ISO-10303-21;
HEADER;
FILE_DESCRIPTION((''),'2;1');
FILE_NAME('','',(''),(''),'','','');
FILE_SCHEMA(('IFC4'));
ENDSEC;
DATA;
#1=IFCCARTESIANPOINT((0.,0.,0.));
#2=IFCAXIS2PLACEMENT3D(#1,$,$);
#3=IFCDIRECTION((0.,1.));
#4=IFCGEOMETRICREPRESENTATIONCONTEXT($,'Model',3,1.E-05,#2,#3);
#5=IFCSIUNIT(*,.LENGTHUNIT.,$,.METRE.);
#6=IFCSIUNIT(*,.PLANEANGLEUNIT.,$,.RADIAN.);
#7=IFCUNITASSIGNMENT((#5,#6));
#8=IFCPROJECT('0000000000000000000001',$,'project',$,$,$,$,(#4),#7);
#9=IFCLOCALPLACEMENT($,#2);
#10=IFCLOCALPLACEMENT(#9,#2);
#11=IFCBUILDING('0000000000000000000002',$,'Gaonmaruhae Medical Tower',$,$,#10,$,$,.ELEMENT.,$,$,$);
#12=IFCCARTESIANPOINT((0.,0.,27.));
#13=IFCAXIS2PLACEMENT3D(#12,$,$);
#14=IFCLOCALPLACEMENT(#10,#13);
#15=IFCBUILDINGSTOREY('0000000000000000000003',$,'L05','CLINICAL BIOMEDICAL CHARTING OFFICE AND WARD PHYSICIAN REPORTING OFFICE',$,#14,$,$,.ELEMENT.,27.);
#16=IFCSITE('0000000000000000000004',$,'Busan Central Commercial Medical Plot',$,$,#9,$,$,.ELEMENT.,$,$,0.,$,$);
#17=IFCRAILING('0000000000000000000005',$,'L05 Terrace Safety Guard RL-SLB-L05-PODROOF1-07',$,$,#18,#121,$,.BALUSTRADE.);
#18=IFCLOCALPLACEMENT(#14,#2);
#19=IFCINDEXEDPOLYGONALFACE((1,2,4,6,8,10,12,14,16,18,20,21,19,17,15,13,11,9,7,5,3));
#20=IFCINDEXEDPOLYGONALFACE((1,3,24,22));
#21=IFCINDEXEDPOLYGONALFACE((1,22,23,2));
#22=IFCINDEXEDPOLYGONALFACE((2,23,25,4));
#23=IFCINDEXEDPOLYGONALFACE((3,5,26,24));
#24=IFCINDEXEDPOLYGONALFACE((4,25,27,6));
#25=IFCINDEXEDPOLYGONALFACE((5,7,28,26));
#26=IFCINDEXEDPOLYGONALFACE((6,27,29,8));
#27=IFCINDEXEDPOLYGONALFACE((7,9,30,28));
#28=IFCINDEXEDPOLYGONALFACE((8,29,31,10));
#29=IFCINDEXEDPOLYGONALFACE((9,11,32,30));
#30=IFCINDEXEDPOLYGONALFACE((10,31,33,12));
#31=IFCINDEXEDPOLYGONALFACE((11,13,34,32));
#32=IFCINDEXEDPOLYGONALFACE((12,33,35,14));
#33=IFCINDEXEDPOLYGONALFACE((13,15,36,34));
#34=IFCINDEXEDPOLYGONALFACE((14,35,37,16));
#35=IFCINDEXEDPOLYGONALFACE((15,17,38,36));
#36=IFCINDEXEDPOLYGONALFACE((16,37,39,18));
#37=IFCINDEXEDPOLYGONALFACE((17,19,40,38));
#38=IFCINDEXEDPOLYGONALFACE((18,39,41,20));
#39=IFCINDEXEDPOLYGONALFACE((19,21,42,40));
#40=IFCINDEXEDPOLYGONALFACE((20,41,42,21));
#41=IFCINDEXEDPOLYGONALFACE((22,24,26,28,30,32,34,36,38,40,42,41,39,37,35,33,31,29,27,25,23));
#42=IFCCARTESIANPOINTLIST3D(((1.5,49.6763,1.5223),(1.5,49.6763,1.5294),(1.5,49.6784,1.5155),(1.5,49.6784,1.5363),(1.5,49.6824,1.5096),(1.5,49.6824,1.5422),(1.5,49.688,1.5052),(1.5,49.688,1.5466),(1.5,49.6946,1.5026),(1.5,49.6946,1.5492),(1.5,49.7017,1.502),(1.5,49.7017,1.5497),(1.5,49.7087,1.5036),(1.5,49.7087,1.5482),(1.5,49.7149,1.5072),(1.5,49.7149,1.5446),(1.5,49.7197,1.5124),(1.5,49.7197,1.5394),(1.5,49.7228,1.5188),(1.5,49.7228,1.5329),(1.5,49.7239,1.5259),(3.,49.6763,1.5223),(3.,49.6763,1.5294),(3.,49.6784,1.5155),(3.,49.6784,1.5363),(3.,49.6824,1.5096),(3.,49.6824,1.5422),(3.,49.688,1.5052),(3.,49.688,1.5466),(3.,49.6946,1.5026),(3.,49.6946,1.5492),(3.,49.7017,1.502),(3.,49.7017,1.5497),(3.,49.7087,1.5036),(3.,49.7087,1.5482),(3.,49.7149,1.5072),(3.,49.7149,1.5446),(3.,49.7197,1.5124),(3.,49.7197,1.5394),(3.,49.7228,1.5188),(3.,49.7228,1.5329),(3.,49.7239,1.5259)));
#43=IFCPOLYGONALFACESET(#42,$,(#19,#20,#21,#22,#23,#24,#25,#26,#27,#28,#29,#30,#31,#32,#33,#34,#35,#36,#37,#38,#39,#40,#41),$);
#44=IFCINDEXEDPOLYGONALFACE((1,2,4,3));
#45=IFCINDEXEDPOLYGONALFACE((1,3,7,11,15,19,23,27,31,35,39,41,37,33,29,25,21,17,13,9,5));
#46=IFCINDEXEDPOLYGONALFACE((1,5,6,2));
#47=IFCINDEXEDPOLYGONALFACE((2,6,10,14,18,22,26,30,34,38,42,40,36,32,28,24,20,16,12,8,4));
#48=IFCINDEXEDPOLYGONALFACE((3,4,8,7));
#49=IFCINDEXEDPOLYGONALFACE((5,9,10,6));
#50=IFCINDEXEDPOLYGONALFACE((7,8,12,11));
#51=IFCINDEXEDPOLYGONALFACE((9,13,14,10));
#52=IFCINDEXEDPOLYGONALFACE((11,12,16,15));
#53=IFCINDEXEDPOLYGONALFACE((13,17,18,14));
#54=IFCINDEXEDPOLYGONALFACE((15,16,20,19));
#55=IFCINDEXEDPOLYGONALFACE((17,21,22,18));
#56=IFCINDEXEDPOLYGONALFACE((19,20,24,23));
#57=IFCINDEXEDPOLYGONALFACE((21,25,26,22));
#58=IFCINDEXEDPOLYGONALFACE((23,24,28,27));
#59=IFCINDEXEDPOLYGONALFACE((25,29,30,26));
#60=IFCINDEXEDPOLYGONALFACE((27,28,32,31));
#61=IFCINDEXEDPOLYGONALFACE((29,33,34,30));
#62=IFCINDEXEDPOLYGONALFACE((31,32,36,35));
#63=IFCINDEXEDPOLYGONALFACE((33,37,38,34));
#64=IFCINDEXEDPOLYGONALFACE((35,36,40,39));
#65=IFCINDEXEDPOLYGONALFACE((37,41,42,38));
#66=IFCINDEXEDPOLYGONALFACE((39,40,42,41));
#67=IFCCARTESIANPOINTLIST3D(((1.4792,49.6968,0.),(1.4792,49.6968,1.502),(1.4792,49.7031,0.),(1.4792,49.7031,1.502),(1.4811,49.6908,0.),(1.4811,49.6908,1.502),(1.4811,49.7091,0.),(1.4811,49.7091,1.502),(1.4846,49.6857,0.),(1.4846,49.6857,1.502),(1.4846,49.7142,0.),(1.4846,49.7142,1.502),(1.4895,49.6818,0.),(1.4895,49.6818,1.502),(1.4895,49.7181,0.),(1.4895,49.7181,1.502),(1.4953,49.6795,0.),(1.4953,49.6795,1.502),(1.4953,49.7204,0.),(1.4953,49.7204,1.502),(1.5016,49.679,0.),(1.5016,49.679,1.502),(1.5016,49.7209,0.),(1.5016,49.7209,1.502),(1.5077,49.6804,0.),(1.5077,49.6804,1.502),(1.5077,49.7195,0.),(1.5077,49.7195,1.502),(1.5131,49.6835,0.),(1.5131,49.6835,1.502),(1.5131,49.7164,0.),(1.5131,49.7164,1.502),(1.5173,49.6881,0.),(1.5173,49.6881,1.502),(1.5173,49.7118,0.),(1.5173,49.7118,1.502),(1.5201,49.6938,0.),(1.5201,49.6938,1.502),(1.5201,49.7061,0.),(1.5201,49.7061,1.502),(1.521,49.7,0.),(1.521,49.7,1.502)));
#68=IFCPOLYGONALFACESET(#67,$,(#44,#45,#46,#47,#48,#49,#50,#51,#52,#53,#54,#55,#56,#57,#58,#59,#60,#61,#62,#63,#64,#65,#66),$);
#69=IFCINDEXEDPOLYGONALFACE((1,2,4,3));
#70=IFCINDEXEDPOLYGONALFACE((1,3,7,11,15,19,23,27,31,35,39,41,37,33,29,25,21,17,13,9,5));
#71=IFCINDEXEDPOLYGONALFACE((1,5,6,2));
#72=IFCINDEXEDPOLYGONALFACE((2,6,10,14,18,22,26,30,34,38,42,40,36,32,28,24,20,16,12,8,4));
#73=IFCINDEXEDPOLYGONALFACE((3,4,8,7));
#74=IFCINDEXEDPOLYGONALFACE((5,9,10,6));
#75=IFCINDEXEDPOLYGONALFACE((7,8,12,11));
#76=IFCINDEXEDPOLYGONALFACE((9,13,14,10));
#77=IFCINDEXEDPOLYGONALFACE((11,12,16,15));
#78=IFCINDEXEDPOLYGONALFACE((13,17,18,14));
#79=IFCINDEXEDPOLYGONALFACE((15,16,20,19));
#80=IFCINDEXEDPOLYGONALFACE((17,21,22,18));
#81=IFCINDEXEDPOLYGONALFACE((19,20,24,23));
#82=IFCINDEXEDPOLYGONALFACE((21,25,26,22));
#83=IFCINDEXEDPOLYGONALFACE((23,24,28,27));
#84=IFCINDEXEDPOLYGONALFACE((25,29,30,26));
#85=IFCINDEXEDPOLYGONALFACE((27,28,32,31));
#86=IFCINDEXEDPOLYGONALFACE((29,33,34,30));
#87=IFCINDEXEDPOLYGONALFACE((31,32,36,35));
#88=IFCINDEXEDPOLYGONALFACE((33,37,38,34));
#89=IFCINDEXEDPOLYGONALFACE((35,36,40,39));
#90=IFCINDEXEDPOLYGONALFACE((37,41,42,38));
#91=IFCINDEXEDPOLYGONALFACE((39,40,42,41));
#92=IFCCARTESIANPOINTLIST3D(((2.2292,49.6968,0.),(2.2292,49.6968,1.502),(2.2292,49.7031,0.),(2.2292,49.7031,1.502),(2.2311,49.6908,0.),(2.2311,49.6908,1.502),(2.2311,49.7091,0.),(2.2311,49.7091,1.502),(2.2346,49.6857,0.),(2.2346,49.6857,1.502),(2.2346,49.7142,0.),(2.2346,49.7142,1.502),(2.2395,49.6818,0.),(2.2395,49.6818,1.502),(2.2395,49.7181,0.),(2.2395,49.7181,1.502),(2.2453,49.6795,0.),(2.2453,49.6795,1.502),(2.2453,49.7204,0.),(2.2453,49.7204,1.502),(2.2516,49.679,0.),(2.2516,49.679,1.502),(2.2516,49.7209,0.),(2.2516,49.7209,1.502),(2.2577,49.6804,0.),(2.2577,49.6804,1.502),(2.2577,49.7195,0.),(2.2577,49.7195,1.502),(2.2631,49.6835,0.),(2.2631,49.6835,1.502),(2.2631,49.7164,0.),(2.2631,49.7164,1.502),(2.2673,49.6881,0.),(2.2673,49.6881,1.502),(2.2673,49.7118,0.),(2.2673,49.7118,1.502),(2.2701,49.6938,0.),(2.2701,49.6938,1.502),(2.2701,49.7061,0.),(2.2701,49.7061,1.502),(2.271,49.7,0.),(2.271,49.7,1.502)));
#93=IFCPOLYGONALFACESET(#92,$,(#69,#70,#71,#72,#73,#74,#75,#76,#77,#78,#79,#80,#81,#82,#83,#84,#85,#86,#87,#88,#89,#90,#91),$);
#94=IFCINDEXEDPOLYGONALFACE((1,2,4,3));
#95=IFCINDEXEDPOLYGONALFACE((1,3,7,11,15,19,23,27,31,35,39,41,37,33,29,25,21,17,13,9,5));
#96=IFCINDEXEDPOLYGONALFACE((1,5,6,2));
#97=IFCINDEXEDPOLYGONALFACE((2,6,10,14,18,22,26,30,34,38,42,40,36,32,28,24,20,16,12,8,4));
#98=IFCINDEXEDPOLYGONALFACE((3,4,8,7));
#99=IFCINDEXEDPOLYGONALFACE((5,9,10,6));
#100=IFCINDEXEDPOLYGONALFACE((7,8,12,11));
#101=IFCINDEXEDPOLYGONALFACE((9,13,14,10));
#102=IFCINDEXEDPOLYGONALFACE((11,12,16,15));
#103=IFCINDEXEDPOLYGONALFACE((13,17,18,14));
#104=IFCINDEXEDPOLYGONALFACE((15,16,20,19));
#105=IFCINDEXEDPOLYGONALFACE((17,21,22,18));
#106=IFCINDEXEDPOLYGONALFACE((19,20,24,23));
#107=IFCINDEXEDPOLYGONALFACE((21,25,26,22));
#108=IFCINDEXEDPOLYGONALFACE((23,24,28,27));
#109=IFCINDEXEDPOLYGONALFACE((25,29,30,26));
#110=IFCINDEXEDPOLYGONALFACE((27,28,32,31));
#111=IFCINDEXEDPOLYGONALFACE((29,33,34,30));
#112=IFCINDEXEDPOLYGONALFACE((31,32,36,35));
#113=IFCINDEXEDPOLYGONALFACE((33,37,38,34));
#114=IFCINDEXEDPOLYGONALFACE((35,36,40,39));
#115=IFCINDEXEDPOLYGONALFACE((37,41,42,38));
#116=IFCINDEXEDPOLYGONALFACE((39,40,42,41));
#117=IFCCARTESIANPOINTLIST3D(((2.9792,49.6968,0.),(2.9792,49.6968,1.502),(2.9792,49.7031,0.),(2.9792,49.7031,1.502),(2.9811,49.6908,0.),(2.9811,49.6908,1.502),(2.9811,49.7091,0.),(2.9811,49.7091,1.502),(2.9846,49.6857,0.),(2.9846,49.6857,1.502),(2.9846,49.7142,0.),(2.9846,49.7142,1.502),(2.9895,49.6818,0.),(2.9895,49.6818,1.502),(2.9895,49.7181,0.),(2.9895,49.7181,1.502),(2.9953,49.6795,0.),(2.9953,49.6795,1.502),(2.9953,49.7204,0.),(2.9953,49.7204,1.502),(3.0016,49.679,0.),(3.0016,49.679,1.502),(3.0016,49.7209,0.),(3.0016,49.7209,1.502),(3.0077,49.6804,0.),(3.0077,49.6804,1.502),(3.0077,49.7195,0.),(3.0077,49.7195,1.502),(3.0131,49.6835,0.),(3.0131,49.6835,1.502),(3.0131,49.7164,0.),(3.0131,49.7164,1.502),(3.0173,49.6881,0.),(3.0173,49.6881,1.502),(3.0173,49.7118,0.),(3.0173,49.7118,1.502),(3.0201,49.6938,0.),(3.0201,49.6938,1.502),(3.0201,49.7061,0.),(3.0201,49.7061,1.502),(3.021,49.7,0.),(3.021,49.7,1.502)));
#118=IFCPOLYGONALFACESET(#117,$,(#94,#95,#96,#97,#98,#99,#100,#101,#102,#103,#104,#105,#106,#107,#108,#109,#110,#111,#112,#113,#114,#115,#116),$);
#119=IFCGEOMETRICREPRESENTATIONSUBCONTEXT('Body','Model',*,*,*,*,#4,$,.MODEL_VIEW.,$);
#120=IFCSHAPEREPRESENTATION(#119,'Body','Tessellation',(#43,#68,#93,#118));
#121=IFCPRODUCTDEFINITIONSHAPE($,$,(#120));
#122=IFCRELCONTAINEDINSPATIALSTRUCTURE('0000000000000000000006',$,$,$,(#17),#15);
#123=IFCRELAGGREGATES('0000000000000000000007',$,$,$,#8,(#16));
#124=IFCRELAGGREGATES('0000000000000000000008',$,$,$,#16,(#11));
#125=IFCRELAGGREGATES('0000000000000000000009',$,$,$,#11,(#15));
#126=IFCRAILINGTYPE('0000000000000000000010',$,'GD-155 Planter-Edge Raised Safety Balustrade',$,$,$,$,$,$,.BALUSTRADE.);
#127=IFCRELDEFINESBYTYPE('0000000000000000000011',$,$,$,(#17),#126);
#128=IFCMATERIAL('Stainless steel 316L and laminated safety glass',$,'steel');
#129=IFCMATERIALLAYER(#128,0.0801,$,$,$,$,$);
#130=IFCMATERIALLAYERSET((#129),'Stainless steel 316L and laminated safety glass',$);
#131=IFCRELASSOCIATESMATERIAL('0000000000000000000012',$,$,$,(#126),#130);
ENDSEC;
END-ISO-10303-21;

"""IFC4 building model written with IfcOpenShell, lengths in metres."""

from ifc_helpers import new_model, si_unit, direction, frame, origin, origin_2d, place, context, subcontext, project, spatial, circle, extrude, material, layer, layer_set, type_object, element, save


model = new_model("IFC4")

# Units and contexts
model_context = context("Model", 3, precision=1e-05, world=origin(), true_north=direction((0.0, 1.0)))
body_context = subcontext(model_context, "Body", "Model", "MODEL_VIEW")
ifc_project = project(units=[si_unit("LENGTHUNIT", "METRE"), si_unit("PLANEANGLEUNIT", "RADIAN")], contexts=[model_context])

# Site, building, storey
site_placement = place(None, origin())
site = spatial("IfcSite", under=ifc_project, at=site_placement, Name="Busan Central Commercial Medical Plot", CompositionType="ELEMENT", RefElevation=0.0)
building_placement = place(site_placement, origin())
building = spatial("IfcBuilding", under=site, at=building_placement, Name="Gaonmaruhae Medical Tower", CompositionType="ELEMENT")
storey_placement = place(building_placement, frame((0.0, 0.0, 27.0)))
storey = spatial("IfcBuildingStorey", under=building, at=storey_placement, Name="L05", Description="CLINICAL BIOMEDICAL CHARTING OFFICE AND WARD PHYSICIAN REPORTING OFFICE", CompositionType="ELEMENT", Elevation=27.0)

# Railing
ifc_material_1 = material(Name="Stainless steel 316L and laminated safety glass", Category="steel")
ifc_layer_1 = layer(ifc_material_1, 0.0801)
ifc_layer_set_1 = layer_set([ifc_layer_1], Name="Stainless steel 316L and laminated safety glass")
railing_type = type_object("IfcRailingType", Name="GD-155 Planter-Edge Raised Safety Balustrade", PredefinedType="BALUSTRADE", material=ifc_layer_set_1)
railing_1_placement = place(storey_placement, frame((1.5, 49.7, 0.0)))
element("IfcRailing", 1, at=railing_1_placement, inside=storey, type_object=railing_type, Name="L05 Terrace Safety Guard RL-SLB-L05-PODROOF1-07", PredefinedType="BALUSTRADE", context=body_context, shape_type="SweptSolid", body=[
    extrude(circle(Radius=0.0239, at=origin_2d()), frame((0.0, 0.0, 1.5259), z_axis=(1.0, 0.0, 0.0), x_axis=(0.0, 1.0, 0.0)), (0.0, 0.0, 1.0), 1.5),
    extrude(circle(Radius=0.021, at=origin_2d()), origin(), (0.0, 0.0, 1.0), 1.502),
    extrude(circle(Radius=0.021, at=origin_2d()), frame((0.75, 0.0, 0.0)), (0.0, 0.0, 1.0), 1.502),
    extrude(circle(Radius=0.021, at=origin_2d()), frame((1.5, 0.0, 0.0)), (0.0, 0.0, 1.0), 1.502),
])

save(model, "model.ifc")
